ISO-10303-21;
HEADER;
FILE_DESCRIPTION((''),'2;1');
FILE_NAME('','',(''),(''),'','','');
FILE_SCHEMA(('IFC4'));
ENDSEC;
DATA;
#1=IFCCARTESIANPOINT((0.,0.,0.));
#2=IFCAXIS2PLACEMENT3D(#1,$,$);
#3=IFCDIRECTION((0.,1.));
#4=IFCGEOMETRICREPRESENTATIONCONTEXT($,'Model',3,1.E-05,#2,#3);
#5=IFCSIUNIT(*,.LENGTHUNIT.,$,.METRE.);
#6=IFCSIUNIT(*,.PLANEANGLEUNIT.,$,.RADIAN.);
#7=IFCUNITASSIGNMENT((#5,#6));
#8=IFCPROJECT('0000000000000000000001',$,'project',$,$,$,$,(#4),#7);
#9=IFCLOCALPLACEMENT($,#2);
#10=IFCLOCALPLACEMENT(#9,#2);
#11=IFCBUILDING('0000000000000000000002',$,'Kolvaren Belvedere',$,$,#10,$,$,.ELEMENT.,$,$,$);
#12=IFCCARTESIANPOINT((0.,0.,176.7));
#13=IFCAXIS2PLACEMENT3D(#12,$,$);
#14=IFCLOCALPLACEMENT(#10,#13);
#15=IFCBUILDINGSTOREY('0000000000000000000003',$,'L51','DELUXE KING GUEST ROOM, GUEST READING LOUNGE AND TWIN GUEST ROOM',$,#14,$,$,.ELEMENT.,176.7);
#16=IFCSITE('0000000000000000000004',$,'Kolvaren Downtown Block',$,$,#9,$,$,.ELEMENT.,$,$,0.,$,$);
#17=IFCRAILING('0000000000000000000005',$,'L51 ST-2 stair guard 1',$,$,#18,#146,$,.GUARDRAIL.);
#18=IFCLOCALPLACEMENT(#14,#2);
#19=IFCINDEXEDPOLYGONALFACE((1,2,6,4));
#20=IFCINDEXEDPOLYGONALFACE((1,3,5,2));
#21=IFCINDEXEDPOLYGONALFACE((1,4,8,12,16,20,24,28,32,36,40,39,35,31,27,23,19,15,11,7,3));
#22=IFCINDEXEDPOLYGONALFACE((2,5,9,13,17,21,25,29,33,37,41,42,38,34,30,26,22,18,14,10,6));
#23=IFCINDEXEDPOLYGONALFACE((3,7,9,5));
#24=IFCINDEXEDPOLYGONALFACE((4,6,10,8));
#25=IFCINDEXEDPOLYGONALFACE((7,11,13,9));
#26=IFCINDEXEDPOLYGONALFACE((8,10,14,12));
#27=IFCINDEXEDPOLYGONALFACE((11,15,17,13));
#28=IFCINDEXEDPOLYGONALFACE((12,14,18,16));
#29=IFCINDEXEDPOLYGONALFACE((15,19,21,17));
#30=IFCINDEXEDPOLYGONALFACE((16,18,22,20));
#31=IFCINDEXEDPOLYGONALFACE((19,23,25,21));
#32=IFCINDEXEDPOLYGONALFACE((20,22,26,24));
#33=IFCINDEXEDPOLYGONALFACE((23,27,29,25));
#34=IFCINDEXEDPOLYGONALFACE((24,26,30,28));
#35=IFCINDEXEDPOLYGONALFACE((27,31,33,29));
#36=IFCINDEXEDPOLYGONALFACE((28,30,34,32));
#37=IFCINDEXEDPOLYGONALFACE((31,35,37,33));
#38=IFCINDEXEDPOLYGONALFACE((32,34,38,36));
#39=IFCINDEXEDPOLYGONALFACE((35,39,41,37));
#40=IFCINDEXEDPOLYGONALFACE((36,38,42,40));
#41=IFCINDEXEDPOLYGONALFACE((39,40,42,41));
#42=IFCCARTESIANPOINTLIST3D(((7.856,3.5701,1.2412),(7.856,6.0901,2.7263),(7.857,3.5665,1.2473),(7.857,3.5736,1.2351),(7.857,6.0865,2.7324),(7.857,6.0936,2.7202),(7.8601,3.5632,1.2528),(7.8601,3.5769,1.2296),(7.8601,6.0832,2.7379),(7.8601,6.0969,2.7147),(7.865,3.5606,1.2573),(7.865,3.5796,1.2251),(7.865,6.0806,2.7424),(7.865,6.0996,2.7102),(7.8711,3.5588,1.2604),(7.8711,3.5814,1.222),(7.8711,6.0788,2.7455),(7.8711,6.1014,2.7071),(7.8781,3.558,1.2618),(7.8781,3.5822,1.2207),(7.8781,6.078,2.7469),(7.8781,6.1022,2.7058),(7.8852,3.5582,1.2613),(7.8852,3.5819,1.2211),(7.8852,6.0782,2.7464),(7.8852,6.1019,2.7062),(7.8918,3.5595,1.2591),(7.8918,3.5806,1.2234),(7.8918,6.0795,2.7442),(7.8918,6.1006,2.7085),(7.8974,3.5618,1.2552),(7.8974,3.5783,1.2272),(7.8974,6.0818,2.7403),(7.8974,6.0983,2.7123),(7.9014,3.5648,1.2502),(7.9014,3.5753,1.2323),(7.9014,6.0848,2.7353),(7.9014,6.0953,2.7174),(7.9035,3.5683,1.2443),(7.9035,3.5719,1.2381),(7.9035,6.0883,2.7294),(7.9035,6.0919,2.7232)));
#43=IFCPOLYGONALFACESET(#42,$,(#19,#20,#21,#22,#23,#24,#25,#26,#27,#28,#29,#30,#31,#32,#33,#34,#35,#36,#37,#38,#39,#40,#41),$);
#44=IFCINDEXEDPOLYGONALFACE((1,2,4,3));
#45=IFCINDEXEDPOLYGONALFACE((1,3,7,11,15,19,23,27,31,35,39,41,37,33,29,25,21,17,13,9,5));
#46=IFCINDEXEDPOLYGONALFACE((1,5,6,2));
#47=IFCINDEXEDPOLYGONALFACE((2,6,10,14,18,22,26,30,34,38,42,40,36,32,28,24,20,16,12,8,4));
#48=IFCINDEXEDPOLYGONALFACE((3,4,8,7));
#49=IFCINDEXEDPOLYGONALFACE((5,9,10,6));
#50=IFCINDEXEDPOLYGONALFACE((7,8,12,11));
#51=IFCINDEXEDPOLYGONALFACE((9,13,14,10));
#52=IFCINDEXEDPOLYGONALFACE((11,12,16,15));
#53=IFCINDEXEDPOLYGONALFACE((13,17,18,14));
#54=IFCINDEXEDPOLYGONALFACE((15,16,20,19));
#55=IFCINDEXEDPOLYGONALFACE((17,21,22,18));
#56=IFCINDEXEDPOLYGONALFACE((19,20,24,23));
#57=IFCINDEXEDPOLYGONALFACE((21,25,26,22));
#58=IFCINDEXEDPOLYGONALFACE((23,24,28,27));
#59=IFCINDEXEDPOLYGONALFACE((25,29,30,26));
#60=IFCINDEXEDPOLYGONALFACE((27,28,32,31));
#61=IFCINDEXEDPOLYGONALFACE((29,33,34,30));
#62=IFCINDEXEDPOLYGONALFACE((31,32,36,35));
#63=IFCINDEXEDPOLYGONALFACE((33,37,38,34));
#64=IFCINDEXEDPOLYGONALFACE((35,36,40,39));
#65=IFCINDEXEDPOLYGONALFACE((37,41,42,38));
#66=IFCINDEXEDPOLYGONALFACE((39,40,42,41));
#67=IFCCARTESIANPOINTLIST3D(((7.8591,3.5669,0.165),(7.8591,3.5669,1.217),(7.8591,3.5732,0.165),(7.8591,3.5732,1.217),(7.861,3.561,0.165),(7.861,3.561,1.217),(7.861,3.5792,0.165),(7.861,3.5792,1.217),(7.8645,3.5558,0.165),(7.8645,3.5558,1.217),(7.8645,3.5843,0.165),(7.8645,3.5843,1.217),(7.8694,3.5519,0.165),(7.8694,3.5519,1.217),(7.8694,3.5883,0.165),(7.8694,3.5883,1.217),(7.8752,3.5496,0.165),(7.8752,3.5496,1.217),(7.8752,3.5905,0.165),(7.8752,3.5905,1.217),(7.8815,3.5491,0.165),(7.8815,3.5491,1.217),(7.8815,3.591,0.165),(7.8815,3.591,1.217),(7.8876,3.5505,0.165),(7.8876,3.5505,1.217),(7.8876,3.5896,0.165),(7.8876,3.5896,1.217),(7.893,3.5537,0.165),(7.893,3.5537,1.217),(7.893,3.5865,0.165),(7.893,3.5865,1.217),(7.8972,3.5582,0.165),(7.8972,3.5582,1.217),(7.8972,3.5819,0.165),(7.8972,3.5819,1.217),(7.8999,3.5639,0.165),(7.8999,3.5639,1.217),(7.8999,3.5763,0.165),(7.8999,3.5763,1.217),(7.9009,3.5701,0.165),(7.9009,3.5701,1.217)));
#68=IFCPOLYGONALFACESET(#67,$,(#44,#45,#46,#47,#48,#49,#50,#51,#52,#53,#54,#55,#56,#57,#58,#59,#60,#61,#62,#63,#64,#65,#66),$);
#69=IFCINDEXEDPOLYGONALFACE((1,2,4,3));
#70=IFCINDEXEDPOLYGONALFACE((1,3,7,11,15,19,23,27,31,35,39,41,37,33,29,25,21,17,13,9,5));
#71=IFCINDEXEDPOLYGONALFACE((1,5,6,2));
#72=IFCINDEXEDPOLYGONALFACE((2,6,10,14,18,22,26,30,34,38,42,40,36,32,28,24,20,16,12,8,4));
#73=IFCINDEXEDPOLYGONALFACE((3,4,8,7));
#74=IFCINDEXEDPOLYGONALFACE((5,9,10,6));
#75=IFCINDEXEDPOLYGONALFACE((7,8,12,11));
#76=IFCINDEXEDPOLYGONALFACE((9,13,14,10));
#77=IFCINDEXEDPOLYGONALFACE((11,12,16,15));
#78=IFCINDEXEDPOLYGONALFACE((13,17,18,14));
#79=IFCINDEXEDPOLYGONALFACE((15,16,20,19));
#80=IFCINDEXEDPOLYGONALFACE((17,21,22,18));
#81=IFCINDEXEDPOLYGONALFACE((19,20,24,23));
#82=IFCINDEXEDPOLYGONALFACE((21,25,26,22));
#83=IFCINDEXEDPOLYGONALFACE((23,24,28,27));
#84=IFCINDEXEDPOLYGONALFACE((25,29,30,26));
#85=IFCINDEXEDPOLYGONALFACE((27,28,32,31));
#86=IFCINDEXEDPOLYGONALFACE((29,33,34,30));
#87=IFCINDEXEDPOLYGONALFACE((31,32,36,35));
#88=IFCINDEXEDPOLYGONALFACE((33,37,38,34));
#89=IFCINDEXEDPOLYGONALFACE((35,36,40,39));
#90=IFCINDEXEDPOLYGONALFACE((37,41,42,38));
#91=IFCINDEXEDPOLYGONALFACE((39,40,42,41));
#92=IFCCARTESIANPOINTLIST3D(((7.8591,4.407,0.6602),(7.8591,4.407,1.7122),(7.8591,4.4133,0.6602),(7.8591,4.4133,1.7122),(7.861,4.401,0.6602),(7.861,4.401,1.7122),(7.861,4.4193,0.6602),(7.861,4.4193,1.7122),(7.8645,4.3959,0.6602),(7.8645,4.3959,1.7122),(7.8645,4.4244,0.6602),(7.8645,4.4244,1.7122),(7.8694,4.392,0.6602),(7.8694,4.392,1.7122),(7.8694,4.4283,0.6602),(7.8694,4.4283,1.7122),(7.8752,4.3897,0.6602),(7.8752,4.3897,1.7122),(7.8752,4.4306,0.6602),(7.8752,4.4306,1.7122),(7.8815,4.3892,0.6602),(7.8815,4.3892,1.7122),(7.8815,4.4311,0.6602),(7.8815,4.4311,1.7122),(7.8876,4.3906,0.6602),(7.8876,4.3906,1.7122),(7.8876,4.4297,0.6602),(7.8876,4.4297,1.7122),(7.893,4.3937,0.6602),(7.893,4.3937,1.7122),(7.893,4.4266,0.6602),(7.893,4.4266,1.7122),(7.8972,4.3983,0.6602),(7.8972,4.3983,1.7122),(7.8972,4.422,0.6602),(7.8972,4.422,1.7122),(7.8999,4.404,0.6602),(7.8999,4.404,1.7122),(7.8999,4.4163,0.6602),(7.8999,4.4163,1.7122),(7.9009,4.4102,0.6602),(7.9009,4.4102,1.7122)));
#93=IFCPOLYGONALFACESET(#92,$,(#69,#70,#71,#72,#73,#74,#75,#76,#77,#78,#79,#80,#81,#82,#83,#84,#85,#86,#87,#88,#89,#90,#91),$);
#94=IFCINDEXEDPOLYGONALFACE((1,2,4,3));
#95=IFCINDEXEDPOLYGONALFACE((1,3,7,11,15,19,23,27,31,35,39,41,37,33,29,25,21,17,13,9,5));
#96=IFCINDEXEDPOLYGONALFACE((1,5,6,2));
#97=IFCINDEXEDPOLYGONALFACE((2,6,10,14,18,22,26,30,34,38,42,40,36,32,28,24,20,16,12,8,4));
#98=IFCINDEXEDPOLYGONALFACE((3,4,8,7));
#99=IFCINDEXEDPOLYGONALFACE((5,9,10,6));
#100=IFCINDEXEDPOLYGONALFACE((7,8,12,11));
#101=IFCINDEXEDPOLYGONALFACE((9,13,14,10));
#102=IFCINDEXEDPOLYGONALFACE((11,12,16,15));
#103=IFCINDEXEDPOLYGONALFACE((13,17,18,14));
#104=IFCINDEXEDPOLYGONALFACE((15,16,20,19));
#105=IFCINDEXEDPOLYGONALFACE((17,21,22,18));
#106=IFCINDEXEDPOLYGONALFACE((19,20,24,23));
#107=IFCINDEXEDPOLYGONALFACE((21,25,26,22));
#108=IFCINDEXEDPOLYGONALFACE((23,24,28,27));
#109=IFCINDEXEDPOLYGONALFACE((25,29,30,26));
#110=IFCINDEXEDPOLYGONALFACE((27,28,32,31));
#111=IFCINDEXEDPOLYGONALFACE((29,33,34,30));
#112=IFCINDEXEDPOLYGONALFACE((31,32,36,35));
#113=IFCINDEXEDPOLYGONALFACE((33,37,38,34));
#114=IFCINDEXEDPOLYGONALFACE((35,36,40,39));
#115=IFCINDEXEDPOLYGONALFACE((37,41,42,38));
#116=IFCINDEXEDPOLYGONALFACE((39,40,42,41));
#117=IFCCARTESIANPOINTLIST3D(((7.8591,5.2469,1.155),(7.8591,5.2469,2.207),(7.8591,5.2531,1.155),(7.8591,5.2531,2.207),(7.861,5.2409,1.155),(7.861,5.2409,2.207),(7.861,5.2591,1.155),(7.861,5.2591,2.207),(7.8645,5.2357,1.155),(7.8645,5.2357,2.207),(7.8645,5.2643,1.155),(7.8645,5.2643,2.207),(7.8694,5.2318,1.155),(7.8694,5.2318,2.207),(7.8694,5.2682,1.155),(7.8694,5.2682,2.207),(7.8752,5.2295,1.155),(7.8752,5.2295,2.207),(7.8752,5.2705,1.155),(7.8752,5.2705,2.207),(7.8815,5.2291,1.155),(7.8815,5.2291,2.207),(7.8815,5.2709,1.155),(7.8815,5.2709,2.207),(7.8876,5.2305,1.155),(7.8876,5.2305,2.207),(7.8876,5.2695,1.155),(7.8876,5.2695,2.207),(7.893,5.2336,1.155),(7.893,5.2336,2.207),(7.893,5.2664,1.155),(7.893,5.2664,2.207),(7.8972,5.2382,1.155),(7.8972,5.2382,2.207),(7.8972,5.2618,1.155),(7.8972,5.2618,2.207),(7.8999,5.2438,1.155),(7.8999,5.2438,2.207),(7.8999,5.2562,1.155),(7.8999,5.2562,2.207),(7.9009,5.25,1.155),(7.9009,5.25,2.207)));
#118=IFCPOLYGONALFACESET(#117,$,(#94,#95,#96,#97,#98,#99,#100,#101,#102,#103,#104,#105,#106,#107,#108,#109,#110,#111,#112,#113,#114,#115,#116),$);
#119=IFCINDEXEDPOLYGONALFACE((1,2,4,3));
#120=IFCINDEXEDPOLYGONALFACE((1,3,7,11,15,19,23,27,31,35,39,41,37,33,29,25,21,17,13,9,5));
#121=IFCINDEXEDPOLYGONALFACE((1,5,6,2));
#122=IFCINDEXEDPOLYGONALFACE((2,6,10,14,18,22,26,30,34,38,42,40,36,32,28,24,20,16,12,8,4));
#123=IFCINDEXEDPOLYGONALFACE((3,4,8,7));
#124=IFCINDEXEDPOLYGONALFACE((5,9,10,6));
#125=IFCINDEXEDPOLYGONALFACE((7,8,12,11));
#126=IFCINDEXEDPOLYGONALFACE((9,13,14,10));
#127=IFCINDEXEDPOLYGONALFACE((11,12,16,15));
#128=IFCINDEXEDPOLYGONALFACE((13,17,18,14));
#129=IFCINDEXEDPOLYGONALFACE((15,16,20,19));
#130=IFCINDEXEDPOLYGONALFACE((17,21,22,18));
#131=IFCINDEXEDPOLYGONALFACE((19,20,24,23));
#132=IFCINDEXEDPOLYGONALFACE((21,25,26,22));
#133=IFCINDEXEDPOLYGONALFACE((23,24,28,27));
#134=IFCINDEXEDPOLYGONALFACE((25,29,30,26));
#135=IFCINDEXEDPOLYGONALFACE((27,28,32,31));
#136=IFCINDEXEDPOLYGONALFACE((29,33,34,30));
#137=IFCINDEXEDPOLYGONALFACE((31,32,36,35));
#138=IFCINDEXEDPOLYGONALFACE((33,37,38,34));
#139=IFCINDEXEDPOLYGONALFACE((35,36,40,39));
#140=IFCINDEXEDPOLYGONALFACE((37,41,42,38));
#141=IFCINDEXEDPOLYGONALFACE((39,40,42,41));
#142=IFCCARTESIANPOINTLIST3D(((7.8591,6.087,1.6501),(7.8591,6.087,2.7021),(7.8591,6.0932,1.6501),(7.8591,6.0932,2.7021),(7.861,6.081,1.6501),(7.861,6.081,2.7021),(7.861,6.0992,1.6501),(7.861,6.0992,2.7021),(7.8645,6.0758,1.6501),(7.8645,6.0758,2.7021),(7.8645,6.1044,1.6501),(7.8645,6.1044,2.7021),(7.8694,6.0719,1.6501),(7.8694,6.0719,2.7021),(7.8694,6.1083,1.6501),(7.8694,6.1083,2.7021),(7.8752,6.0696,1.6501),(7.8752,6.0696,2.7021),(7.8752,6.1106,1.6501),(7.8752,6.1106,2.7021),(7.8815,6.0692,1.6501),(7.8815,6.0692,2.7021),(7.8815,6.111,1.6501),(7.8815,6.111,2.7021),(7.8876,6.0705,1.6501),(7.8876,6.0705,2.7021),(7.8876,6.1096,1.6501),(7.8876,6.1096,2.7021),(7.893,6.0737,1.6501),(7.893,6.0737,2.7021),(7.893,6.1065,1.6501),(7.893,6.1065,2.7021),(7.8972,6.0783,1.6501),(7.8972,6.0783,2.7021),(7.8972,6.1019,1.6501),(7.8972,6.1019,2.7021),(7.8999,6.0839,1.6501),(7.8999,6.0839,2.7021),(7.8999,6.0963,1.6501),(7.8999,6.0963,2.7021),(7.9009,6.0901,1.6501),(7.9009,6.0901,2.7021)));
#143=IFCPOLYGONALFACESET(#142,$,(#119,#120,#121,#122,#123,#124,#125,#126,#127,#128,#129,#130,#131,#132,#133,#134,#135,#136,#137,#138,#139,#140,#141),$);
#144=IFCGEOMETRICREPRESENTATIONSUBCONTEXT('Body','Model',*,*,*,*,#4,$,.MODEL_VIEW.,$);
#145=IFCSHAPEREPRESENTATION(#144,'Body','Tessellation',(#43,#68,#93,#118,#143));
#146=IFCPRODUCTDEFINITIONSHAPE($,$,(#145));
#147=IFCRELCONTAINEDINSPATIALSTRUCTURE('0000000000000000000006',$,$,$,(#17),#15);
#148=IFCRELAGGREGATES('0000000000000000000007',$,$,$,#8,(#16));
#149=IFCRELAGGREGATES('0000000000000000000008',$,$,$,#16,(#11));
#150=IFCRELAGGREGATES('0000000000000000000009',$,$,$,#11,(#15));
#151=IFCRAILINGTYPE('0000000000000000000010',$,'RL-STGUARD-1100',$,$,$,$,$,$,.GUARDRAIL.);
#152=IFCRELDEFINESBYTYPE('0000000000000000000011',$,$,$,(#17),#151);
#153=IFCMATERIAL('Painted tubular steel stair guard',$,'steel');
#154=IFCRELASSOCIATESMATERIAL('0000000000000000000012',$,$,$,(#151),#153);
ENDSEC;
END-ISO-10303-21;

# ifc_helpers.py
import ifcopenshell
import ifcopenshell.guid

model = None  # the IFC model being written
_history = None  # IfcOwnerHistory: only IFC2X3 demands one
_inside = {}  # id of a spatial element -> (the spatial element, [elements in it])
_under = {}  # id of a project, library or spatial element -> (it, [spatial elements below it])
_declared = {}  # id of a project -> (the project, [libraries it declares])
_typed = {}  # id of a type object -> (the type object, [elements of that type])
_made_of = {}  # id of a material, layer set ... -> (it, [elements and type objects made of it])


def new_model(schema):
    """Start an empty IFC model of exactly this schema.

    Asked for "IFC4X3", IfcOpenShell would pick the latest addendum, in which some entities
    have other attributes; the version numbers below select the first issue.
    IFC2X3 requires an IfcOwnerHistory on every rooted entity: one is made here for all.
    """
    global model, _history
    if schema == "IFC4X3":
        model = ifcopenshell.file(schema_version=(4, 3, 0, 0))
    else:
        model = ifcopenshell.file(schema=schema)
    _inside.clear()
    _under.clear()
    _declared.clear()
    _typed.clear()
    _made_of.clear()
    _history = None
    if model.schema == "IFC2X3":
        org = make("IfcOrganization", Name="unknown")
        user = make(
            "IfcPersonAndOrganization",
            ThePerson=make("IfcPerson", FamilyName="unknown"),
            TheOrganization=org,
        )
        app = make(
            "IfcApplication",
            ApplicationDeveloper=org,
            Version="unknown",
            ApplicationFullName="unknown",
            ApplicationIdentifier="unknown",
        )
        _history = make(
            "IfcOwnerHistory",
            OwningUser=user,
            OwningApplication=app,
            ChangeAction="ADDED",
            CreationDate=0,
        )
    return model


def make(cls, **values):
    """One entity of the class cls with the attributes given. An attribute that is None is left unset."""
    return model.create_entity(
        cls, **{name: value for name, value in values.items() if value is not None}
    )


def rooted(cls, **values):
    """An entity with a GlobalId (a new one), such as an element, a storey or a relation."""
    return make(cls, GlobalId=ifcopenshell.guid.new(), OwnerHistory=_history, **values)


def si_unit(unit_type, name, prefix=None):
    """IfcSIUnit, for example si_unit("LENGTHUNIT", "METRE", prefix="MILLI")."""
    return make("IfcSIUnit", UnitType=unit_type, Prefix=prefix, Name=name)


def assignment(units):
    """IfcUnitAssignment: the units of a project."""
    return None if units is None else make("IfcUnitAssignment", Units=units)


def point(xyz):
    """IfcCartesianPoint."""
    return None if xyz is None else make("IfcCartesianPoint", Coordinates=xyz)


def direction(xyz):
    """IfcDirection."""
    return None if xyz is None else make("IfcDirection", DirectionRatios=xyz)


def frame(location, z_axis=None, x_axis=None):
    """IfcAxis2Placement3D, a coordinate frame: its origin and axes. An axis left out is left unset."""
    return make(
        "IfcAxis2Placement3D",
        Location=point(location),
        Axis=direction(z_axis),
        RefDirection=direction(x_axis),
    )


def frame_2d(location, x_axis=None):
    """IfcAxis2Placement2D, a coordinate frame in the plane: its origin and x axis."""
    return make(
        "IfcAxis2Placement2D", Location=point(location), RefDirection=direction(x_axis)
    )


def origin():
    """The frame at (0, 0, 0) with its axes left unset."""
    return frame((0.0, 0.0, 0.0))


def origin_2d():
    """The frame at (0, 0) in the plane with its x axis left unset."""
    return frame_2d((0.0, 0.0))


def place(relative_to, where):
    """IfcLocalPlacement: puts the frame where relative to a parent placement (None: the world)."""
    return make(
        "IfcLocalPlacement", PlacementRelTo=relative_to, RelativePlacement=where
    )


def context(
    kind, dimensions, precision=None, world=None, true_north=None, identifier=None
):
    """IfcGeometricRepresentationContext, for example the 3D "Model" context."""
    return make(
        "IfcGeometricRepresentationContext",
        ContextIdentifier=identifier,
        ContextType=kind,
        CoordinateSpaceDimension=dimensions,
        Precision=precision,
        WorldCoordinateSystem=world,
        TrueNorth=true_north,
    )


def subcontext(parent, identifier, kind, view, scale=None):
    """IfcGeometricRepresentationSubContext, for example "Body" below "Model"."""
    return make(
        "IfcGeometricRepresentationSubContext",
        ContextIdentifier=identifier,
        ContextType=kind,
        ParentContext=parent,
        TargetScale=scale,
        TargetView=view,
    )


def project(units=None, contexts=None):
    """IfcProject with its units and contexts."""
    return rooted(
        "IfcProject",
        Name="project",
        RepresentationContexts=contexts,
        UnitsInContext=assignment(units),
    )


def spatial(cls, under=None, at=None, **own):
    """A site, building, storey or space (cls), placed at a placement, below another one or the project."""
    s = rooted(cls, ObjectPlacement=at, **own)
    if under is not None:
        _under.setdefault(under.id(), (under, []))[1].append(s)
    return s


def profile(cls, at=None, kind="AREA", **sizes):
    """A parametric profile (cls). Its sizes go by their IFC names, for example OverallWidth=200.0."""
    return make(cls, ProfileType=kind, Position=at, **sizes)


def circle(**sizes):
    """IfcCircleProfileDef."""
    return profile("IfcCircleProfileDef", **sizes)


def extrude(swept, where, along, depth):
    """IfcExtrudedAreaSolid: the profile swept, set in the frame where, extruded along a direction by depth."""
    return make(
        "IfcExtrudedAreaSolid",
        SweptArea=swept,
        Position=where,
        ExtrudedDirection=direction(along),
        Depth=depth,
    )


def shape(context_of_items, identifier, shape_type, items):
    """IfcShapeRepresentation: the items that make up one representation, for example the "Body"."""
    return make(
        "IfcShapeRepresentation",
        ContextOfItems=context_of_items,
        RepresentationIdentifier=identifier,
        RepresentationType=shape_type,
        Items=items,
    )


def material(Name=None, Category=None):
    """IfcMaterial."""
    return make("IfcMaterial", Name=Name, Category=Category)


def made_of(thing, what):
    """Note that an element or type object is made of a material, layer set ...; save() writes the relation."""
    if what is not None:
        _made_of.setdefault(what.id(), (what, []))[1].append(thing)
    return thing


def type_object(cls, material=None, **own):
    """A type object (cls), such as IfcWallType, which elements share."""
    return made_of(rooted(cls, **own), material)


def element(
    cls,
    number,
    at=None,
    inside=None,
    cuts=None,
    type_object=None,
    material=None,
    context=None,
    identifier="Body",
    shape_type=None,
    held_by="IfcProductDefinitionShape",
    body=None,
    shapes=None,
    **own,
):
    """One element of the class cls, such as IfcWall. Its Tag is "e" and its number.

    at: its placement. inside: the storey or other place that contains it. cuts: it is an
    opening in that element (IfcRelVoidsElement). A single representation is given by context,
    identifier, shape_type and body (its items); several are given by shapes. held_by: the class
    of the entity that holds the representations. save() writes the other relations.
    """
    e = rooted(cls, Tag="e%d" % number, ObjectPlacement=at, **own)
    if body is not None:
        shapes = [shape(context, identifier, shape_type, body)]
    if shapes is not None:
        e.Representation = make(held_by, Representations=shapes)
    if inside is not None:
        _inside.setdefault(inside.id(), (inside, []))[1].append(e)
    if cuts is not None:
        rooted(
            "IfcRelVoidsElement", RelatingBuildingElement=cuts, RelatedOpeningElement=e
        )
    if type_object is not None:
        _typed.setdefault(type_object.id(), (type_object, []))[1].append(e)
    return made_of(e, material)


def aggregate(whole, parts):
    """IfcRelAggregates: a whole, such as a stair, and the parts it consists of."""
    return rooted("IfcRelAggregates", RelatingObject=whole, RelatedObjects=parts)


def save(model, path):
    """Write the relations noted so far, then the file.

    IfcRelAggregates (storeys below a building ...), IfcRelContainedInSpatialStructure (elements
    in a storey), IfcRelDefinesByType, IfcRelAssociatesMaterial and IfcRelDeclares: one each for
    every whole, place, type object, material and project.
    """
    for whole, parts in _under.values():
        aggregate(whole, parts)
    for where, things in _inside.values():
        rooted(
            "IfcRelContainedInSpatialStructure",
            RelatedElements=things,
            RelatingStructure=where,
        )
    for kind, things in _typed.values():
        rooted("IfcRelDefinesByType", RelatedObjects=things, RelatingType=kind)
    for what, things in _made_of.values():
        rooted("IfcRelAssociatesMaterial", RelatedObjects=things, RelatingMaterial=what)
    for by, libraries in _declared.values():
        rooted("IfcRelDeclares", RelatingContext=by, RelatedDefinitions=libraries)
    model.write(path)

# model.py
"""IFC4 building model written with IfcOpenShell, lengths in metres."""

from ifc_helpers import new_model, si_unit, direction, frame, origin, origin_2d, place, context, subcontext, project, spatial, circle, extrude, material, type_object, element, save


model = new_model("IFC4")

# Units and contexts
model_context = context("Model", 3, precision=1e-05, world=origin(), true_north=direction((0.0, 1.0)))
body_context = subcontext(model_context, "Body", "Model", "MODEL_VIEW")
ifc_project = project(units=[si_unit("LENGTHUNIT", "METRE"), si_unit("PLANEANGLEUNIT", "RADIAN")], contexts=[model_context])

# Site, building, storey
site_placement = place(None, origin())
site = spatial("IfcSite", under=ifc_project, at=site_placement, Name="Kolvaren Downtown Block", CompositionType="ELEMENT", RefElevation=0.0)
building_placement = place(site_placement, origin())
building = spatial("IfcBuilding", under=site, at=building_placement, Name="Kolvaren Belvedere", CompositionType="ELEMENT")
storey_placement = place(building_placement, frame((0.0, 0.0, 176.7)))
storey = spatial("IfcBuildingStorey", under=building, at=storey_placement, Name="L51", Description="DELUXE KING GUEST ROOM, GUEST READING LOUNGE AND TWIN GUEST ROOM", CompositionType="ELEMENT", Elevation=176.7)

# Railing
ifc_material_1 = material(Name="Painted tubular steel stair guard", Category="steel")
railing_type_1 = type_object("IfcRailingType", Name="RL-STGUARD-1100", PredefinedType="GUARDRAIL", material=ifc_material_1)
railing_1_placement = place(storey_placement, frame((7.8799, 3.5701, 0.165)))
element("IfcRailing", 1, at=railing_1_placement, inside=storey, type_object=railing_type_1, Name="L51 ST-2 stair guard 1", PredefinedType="GUARDRAIL", context=body_context, shape_type="SweptSolid", body=[
    extrude(circle(Radius=0.0239, at=origin_2d()), frame((0.0, 0.0, 1.0762), z_axis=(0.0, 0.861524, 0.507717), x_axis=(-1.0, 0.0, 0.0)), (0.0, 0.0, 1.0), 2.925),
    extrude(circle(Radius=0.021, at=origin_2d()), origin(), (0.0, 0.0, 1.0), 1.052),
    extrude(circle(Radius=0.021, at=origin_2d()), frame((0.0, 0.8401, 0.4951)), (0.0, 0.0, 1.0), 1.052),
    extrude(circle(Radius=0.021, at=origin_2d()), frame((0.0, 1.6799, 0.99)), (0.0, 0.0, 1.0), 1.052),
    extrude(circle(Radius=0.021, at=origin_2d()), frame((0.0, 2.52, 1.4851)), (0.0, 0.0, 1.0), 1.052),
])

save(model, "model.ifc")
